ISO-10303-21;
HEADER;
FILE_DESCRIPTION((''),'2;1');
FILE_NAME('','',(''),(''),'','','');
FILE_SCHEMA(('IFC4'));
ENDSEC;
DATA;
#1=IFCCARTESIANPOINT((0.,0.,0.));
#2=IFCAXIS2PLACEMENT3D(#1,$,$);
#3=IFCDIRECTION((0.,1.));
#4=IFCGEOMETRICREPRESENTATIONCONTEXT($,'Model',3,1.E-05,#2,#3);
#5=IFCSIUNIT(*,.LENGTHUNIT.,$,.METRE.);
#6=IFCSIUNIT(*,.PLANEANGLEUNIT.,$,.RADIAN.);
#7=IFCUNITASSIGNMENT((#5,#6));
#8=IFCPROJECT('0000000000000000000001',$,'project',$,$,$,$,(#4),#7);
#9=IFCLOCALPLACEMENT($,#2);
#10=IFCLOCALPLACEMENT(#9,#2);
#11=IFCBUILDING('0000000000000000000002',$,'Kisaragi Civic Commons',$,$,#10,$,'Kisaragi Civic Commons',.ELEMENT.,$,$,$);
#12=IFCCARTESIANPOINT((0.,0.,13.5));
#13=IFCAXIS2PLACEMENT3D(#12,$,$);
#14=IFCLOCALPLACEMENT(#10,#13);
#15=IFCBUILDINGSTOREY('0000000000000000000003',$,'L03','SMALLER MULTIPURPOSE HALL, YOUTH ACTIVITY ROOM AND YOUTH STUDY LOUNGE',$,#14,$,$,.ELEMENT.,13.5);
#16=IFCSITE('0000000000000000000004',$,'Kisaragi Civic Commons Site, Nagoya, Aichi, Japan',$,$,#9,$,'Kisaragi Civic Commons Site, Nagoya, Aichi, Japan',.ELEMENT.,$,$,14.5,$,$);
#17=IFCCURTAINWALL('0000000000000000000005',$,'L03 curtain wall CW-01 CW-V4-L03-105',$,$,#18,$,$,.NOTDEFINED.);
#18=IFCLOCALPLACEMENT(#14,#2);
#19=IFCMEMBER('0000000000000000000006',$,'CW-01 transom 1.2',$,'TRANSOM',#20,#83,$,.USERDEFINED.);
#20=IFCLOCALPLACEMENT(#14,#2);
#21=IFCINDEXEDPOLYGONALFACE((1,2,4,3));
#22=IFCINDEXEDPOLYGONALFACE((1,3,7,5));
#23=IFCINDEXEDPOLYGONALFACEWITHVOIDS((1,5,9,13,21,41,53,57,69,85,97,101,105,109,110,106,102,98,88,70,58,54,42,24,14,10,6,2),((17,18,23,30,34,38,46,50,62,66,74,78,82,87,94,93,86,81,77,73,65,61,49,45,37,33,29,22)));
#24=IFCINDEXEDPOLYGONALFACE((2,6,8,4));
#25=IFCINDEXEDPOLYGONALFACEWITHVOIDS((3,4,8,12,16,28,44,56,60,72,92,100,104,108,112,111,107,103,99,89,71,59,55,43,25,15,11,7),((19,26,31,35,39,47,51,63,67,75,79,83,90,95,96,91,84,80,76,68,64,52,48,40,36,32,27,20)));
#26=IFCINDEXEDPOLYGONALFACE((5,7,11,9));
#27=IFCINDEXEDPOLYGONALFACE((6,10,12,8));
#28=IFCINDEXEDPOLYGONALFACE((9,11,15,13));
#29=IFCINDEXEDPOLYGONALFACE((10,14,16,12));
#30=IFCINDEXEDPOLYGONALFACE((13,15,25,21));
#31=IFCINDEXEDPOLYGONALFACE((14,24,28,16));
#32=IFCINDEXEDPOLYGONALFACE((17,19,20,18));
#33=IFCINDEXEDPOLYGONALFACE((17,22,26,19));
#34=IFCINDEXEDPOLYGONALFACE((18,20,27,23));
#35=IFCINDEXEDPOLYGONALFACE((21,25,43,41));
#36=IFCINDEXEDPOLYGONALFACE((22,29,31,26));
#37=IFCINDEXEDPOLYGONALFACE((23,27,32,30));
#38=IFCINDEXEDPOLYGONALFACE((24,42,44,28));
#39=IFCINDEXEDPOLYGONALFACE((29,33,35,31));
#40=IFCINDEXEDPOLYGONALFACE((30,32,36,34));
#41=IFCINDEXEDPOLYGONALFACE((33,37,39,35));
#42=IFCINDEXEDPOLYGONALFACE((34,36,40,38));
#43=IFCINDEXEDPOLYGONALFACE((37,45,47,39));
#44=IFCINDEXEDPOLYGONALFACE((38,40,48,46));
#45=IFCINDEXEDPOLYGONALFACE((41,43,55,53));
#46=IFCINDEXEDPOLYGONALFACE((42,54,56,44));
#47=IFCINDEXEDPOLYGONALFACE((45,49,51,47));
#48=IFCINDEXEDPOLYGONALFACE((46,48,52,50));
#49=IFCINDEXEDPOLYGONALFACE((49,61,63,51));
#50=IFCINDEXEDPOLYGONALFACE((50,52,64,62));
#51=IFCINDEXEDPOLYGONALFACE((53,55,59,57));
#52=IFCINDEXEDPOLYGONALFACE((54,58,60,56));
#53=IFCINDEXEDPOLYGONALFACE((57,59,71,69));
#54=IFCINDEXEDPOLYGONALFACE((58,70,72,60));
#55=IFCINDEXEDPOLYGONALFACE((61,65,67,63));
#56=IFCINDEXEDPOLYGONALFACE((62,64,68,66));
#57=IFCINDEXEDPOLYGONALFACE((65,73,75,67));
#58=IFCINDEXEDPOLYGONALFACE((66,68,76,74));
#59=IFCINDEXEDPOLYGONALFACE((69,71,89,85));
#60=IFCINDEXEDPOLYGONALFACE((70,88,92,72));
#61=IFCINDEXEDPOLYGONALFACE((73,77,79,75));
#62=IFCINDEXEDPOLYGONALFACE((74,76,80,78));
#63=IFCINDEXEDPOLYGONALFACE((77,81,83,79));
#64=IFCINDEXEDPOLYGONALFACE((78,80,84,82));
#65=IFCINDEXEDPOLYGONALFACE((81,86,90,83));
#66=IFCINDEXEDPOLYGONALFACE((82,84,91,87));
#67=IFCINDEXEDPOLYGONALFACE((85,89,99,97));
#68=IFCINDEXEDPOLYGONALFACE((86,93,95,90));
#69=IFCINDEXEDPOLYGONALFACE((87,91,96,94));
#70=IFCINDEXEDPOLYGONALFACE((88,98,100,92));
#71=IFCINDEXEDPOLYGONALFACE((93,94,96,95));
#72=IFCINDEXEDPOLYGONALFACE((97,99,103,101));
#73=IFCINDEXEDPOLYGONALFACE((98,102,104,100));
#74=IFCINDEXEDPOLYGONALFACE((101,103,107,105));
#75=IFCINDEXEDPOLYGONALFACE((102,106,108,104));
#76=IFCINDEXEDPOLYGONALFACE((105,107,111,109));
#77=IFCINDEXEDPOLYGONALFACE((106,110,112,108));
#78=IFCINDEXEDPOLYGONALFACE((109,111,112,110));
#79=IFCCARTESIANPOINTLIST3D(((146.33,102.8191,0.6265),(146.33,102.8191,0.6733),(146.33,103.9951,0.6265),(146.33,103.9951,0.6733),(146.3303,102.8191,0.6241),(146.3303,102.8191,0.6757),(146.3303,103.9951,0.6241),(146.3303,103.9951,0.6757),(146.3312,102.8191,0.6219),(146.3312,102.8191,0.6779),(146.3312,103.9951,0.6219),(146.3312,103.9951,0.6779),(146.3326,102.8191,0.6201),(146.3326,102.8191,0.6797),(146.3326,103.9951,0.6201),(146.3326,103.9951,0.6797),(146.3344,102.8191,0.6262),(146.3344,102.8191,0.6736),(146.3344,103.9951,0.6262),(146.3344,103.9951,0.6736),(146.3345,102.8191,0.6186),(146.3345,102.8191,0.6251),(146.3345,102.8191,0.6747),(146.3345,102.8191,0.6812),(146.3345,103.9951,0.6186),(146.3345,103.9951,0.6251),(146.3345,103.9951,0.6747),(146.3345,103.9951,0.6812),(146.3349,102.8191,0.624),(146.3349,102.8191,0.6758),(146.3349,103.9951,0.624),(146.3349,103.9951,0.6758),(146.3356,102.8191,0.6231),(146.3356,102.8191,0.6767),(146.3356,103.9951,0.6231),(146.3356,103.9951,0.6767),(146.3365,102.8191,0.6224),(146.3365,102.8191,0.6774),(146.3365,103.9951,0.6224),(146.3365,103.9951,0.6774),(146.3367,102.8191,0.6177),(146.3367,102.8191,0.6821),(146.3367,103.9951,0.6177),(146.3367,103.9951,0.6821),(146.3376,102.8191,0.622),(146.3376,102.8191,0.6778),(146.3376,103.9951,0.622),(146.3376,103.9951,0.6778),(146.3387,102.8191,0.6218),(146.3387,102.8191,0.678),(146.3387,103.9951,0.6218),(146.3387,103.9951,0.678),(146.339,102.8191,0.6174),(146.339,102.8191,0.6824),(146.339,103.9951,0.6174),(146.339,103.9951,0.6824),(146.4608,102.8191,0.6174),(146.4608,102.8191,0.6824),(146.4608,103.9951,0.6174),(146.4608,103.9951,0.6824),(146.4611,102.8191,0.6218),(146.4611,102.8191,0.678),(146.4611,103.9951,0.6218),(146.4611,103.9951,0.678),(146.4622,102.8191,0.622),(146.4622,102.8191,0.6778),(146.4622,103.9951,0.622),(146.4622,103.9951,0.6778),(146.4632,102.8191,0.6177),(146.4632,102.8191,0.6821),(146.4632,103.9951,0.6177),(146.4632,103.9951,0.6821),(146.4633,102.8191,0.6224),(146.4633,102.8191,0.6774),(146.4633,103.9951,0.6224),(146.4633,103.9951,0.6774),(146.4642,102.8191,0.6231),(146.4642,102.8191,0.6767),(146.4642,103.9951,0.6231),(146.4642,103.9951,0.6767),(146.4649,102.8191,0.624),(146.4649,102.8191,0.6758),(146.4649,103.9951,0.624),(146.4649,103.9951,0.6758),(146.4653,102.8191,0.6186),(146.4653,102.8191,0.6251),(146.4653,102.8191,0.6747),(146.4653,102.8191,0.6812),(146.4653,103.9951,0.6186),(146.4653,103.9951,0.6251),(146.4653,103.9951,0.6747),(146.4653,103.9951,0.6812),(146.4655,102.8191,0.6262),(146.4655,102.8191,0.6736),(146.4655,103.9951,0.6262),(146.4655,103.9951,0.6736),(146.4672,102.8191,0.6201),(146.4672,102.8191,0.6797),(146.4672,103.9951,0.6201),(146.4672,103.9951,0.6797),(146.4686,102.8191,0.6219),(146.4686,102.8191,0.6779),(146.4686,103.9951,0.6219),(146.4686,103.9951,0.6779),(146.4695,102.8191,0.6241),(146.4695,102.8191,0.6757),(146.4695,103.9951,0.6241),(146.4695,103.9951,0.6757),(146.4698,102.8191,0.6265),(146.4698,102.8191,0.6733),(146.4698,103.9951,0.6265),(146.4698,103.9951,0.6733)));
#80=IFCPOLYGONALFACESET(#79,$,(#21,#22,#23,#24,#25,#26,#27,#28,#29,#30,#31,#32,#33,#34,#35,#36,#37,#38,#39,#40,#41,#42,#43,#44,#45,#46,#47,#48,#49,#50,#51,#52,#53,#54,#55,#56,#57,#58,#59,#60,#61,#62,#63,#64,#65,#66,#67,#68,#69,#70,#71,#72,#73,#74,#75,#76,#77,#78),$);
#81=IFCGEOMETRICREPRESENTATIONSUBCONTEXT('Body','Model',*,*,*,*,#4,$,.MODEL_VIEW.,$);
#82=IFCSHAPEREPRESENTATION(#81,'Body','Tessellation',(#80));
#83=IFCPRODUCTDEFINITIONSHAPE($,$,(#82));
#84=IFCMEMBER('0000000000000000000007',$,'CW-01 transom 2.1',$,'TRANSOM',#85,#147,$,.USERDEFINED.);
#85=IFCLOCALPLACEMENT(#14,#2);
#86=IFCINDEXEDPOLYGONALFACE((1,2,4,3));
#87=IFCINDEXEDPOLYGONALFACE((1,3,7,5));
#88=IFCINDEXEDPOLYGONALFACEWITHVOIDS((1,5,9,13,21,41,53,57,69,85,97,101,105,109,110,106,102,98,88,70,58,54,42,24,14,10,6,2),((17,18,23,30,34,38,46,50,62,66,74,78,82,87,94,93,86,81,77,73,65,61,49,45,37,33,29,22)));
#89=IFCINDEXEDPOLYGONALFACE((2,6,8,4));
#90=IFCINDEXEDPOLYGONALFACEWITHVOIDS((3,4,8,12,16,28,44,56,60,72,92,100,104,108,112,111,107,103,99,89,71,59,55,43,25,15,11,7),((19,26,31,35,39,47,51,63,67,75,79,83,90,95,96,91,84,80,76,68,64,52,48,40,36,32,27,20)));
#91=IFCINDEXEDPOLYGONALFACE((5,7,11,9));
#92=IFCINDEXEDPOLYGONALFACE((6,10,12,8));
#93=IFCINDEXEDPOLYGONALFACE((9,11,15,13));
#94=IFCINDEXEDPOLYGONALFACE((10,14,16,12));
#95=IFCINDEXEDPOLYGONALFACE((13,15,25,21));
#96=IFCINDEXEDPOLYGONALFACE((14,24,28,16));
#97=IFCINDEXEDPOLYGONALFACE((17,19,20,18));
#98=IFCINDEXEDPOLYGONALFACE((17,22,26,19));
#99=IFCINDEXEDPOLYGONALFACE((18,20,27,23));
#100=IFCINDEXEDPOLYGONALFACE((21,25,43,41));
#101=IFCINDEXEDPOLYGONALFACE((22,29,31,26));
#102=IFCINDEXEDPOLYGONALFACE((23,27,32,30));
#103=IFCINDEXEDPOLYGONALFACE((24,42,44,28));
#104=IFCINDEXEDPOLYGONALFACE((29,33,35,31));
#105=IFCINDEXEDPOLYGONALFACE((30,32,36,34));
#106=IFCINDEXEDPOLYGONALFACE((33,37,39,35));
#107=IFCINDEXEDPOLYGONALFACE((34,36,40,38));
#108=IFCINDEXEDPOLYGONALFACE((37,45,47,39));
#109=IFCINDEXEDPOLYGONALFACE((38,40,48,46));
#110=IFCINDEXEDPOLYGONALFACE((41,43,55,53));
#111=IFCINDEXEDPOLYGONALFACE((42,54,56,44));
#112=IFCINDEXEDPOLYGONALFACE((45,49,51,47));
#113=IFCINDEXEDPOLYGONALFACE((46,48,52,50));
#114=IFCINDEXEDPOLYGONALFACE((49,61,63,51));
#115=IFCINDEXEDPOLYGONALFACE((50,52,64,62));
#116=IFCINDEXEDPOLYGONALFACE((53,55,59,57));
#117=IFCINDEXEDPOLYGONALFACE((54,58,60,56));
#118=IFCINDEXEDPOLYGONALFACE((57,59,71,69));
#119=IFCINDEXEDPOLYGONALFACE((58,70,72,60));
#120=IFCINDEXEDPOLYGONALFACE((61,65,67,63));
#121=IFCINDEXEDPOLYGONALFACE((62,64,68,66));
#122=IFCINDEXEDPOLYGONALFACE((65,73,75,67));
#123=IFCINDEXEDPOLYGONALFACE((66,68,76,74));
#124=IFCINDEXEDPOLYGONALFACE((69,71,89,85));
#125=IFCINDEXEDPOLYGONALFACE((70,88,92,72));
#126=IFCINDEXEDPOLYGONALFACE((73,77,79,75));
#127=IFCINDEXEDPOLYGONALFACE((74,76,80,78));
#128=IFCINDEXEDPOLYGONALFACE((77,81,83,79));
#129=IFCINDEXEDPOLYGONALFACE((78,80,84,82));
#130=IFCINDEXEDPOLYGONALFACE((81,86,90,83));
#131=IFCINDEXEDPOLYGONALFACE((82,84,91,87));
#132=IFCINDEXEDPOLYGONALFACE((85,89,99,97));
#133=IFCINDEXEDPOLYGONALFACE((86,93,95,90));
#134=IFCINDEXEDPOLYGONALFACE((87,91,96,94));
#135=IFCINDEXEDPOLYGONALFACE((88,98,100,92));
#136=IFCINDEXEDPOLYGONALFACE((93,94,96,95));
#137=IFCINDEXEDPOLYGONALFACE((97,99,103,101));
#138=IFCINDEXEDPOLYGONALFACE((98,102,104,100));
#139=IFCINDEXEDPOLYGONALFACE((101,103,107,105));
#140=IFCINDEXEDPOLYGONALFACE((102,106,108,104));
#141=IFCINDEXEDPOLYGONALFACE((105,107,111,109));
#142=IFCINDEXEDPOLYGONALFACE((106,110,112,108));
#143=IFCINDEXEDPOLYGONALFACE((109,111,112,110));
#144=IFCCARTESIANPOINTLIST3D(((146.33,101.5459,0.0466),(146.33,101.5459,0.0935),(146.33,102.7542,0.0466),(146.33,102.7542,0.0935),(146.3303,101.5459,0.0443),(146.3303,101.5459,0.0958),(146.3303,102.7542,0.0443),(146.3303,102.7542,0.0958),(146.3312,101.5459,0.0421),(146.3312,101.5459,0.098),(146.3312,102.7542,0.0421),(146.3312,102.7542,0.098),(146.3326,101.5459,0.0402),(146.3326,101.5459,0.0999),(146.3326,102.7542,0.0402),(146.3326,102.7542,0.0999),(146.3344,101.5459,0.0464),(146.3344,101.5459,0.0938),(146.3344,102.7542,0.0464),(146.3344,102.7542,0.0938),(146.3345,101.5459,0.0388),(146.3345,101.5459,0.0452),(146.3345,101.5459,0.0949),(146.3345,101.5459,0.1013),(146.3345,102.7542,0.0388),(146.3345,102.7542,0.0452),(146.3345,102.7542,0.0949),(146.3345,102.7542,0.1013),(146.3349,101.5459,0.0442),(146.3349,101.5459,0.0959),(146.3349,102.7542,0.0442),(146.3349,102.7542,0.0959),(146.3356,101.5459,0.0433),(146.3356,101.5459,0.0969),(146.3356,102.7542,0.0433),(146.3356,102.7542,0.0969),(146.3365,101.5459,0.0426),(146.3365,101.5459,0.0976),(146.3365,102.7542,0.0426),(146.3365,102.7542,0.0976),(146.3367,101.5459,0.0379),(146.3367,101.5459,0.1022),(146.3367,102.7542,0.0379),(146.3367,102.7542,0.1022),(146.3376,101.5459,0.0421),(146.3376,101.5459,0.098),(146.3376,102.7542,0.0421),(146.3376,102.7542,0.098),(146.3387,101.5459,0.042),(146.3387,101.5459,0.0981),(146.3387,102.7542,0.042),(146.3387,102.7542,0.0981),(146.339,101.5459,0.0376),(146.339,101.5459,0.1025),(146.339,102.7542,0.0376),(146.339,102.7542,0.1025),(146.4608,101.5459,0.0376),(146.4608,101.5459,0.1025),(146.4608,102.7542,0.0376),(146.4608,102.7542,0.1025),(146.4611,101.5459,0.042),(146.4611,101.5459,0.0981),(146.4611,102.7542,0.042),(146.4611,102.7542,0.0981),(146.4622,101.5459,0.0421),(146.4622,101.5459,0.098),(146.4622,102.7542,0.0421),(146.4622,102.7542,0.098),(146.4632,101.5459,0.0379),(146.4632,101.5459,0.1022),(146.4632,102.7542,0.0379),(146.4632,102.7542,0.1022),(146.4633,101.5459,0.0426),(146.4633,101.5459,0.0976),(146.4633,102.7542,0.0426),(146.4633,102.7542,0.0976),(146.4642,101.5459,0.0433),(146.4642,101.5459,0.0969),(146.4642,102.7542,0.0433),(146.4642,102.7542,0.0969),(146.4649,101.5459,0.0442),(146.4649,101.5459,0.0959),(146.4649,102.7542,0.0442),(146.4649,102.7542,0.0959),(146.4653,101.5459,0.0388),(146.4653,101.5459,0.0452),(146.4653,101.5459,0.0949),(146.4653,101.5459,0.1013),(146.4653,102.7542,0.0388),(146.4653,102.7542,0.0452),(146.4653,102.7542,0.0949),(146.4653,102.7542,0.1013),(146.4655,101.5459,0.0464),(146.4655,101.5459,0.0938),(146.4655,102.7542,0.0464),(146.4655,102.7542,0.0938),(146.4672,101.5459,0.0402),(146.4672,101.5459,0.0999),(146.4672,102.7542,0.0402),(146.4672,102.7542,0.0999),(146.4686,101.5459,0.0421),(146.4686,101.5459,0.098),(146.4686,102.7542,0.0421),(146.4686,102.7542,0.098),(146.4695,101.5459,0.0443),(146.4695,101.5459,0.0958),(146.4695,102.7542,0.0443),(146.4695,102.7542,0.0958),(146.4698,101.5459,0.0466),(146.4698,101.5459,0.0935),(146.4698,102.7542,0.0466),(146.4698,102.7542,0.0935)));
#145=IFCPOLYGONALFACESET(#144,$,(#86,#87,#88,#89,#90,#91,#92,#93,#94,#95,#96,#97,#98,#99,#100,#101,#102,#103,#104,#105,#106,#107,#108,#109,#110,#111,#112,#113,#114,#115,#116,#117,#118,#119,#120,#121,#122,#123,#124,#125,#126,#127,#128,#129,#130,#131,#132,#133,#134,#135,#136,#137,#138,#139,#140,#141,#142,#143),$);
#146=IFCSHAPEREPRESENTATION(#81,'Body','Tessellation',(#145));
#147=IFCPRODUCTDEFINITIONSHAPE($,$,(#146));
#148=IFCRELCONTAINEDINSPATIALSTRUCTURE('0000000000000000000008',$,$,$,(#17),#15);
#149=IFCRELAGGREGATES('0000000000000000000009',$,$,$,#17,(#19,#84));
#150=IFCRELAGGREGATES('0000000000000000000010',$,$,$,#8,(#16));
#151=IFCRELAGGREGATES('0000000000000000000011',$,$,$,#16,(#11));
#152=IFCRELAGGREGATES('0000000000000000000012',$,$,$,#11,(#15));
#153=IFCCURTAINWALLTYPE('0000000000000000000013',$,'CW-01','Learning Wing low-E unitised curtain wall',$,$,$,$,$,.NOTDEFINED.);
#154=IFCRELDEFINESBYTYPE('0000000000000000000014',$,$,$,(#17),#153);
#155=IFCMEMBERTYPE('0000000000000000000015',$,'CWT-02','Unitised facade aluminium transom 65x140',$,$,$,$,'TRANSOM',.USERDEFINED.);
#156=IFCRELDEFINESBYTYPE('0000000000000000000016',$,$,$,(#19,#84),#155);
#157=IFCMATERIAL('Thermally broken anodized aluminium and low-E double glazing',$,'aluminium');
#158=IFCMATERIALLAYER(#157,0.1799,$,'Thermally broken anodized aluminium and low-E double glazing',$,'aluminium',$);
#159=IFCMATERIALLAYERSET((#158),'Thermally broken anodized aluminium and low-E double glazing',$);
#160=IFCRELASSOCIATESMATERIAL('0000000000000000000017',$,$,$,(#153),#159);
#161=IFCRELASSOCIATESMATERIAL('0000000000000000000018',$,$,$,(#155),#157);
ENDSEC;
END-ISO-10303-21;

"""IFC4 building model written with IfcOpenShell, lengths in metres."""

from ifc_helpers import new_model, si_unit, direction, frame, origin, origin_2d, place, context, subcontext, project, spatial, hollow_rectangle, extrude, material, layer, layer_set, material_profile, profile_set, type_object, element, aggregate, save


model = new_model("IFC4")

# Units and contexts
model_context = context("Model", 3, precision=1e-05, world=origin(), true_north=direction((0.0, 1.0)))
body_context = subcontext(model_context, "Body", "Model", "MODEL_VIEW")
ifc_project = project(units=[si_unit("LENGTHUNIT", "METRE"), si_unit("PLANEANGLEUNIT", "RADIAN")], contexts=[model_context])

# Site, building, storey
site_placement = place(None, origin())
site = spatial("IfcSite", under=ifc_project, at=site_placement, Name="Kisaragi Civic Commons Site, Nagoya, Aichi, Japan", LongName="Kisaragi Civic Commons Site, Nagoya, Aichi, Japan", CompositionType="ELEMENT", RefElevation=14.5)
building_placement = place(site_placement, origin())
building = spatial("IfcBuilding", under=site, at=building_placement, Name="Kisaragi Civic Commons", LongName="Kisaragi Civic Commons", CompositionType="ELEMENT")
storey_placement = place(building_placement, frame((0.0, 0.0, 13.5)))
storey = spatial("IfcBuildingStorey", under=building, at=storey_placement, Name="L03", Description="SMALLER MULTIPURPOSE HALL, YOUTH ACTIVITY ROOM AND YOUTH STUDY LOUNGE", CompositionType="ELEMENT", Elevation=13.5)

# Curtain wall, members
ifc_material_1 = material(Name="Thermally broken anodized aluminium and low-E double glazing", Category="aluminium")
ifc_layer_1 = layer(ifc_material_1, 0.1799, Name="Thermally broken anodized aluminium and low-E double glazing", Category="aluminium")
ifc_layer_set_1 = layer_set([ifc_layer_1], Name="Thermally broken anodized aluminium and low-E double glazing")
curtain_wall_type = type_object("IfcCurtainWallType", Name="CW-01", Description="Learning Wing low-E unitised curtain wall", PredefinedType="NOTDEFINED", material=ifc_layer_set_1)
curtain_wall_placement = place(storey_placement, origin())
curtain_wall = element("IfcCurtainWall", 1, at=curtain_wall_placement, inside=storey, type_object=curtain_wall_type, Name="L03 curtain wall CW-01 CW-V4-L03-105", PredefinedType="NOTDEFINED")
ifc_material_profile_1 = material_profile(ifc_material_1, hollow_rectangle(XDim=0.1399, YDim=0.0649, WallThickness=0.0044, InnerFilletRadius=0.0044, OuterFilletRadius=0.009, at=origin_2d()), Name="CWT-65x140x4.5", Category="aluminium")
ifc_profile_set_1 = profile_set([ifc_material_profile_1], Name="Thermally broken anodized aluminium and low-E double glazing")
member_type_1 = type_object("IfcMemberType", Name="CWT-02", Description="Unitised facade aluminium transom 65x140", ElementType="TRANSOM", PredefinedType="USERDEFINED", material=ifc_profile_set_1)
member_1_placement = place(storey_placement, frame((146.3999, 103.9951, 0.6499), z_axis=(0.0, -1.0, 0.0), x_axis=(1.0, 0.0, 0.0)))
member_1 = element("IfcMember", 2, at=member_1_placement, type_object=member_type_1, Name="CW-01 transom 1.2", ObjectType="TRANSOM", PredefinedType="USERDEFINED", context=body_context, shape_type="SweptSolid", body=[
    extrude(hollow_rectangle(XDim=0.1399, YDim=0.0649, WallThickness=0.0044, InnerFilletRadius=0.0044, OuterFilletRadius=0.009, at=origin_2d()), origin(), (0.0, 0.0, 1.0), 1.176),
])
member_2_placement = place(storey_placement, frame((146.3999, 102.7542, 0.0701), z_axis=(0.0, -1.0, 0.0), x_axis=(1.0, 0.0, 0.0)))
member_2 = element("IfcMember", 3, at=member_2_placement, type_object=member_type_1, Name="CW-01 transom 2.1", ObjectType="TRANSOM", PredefinedType="USERDEFINED", context=body_context, shape_type="SweptSolid", body=[
    extrude(hollow_rectangle(XDim=0.1399, YDim=0.0649, WallThickness=0.0044, InnerFilletRadius=0.0044, OuterFilletRadius=0.009, at=origin_2d()), origin(), (0.0, 0.0, 1.0), 1.2083),
])
aggregate(curtain_wall, [member_1, member_2])

save(model, "model.ifc")
